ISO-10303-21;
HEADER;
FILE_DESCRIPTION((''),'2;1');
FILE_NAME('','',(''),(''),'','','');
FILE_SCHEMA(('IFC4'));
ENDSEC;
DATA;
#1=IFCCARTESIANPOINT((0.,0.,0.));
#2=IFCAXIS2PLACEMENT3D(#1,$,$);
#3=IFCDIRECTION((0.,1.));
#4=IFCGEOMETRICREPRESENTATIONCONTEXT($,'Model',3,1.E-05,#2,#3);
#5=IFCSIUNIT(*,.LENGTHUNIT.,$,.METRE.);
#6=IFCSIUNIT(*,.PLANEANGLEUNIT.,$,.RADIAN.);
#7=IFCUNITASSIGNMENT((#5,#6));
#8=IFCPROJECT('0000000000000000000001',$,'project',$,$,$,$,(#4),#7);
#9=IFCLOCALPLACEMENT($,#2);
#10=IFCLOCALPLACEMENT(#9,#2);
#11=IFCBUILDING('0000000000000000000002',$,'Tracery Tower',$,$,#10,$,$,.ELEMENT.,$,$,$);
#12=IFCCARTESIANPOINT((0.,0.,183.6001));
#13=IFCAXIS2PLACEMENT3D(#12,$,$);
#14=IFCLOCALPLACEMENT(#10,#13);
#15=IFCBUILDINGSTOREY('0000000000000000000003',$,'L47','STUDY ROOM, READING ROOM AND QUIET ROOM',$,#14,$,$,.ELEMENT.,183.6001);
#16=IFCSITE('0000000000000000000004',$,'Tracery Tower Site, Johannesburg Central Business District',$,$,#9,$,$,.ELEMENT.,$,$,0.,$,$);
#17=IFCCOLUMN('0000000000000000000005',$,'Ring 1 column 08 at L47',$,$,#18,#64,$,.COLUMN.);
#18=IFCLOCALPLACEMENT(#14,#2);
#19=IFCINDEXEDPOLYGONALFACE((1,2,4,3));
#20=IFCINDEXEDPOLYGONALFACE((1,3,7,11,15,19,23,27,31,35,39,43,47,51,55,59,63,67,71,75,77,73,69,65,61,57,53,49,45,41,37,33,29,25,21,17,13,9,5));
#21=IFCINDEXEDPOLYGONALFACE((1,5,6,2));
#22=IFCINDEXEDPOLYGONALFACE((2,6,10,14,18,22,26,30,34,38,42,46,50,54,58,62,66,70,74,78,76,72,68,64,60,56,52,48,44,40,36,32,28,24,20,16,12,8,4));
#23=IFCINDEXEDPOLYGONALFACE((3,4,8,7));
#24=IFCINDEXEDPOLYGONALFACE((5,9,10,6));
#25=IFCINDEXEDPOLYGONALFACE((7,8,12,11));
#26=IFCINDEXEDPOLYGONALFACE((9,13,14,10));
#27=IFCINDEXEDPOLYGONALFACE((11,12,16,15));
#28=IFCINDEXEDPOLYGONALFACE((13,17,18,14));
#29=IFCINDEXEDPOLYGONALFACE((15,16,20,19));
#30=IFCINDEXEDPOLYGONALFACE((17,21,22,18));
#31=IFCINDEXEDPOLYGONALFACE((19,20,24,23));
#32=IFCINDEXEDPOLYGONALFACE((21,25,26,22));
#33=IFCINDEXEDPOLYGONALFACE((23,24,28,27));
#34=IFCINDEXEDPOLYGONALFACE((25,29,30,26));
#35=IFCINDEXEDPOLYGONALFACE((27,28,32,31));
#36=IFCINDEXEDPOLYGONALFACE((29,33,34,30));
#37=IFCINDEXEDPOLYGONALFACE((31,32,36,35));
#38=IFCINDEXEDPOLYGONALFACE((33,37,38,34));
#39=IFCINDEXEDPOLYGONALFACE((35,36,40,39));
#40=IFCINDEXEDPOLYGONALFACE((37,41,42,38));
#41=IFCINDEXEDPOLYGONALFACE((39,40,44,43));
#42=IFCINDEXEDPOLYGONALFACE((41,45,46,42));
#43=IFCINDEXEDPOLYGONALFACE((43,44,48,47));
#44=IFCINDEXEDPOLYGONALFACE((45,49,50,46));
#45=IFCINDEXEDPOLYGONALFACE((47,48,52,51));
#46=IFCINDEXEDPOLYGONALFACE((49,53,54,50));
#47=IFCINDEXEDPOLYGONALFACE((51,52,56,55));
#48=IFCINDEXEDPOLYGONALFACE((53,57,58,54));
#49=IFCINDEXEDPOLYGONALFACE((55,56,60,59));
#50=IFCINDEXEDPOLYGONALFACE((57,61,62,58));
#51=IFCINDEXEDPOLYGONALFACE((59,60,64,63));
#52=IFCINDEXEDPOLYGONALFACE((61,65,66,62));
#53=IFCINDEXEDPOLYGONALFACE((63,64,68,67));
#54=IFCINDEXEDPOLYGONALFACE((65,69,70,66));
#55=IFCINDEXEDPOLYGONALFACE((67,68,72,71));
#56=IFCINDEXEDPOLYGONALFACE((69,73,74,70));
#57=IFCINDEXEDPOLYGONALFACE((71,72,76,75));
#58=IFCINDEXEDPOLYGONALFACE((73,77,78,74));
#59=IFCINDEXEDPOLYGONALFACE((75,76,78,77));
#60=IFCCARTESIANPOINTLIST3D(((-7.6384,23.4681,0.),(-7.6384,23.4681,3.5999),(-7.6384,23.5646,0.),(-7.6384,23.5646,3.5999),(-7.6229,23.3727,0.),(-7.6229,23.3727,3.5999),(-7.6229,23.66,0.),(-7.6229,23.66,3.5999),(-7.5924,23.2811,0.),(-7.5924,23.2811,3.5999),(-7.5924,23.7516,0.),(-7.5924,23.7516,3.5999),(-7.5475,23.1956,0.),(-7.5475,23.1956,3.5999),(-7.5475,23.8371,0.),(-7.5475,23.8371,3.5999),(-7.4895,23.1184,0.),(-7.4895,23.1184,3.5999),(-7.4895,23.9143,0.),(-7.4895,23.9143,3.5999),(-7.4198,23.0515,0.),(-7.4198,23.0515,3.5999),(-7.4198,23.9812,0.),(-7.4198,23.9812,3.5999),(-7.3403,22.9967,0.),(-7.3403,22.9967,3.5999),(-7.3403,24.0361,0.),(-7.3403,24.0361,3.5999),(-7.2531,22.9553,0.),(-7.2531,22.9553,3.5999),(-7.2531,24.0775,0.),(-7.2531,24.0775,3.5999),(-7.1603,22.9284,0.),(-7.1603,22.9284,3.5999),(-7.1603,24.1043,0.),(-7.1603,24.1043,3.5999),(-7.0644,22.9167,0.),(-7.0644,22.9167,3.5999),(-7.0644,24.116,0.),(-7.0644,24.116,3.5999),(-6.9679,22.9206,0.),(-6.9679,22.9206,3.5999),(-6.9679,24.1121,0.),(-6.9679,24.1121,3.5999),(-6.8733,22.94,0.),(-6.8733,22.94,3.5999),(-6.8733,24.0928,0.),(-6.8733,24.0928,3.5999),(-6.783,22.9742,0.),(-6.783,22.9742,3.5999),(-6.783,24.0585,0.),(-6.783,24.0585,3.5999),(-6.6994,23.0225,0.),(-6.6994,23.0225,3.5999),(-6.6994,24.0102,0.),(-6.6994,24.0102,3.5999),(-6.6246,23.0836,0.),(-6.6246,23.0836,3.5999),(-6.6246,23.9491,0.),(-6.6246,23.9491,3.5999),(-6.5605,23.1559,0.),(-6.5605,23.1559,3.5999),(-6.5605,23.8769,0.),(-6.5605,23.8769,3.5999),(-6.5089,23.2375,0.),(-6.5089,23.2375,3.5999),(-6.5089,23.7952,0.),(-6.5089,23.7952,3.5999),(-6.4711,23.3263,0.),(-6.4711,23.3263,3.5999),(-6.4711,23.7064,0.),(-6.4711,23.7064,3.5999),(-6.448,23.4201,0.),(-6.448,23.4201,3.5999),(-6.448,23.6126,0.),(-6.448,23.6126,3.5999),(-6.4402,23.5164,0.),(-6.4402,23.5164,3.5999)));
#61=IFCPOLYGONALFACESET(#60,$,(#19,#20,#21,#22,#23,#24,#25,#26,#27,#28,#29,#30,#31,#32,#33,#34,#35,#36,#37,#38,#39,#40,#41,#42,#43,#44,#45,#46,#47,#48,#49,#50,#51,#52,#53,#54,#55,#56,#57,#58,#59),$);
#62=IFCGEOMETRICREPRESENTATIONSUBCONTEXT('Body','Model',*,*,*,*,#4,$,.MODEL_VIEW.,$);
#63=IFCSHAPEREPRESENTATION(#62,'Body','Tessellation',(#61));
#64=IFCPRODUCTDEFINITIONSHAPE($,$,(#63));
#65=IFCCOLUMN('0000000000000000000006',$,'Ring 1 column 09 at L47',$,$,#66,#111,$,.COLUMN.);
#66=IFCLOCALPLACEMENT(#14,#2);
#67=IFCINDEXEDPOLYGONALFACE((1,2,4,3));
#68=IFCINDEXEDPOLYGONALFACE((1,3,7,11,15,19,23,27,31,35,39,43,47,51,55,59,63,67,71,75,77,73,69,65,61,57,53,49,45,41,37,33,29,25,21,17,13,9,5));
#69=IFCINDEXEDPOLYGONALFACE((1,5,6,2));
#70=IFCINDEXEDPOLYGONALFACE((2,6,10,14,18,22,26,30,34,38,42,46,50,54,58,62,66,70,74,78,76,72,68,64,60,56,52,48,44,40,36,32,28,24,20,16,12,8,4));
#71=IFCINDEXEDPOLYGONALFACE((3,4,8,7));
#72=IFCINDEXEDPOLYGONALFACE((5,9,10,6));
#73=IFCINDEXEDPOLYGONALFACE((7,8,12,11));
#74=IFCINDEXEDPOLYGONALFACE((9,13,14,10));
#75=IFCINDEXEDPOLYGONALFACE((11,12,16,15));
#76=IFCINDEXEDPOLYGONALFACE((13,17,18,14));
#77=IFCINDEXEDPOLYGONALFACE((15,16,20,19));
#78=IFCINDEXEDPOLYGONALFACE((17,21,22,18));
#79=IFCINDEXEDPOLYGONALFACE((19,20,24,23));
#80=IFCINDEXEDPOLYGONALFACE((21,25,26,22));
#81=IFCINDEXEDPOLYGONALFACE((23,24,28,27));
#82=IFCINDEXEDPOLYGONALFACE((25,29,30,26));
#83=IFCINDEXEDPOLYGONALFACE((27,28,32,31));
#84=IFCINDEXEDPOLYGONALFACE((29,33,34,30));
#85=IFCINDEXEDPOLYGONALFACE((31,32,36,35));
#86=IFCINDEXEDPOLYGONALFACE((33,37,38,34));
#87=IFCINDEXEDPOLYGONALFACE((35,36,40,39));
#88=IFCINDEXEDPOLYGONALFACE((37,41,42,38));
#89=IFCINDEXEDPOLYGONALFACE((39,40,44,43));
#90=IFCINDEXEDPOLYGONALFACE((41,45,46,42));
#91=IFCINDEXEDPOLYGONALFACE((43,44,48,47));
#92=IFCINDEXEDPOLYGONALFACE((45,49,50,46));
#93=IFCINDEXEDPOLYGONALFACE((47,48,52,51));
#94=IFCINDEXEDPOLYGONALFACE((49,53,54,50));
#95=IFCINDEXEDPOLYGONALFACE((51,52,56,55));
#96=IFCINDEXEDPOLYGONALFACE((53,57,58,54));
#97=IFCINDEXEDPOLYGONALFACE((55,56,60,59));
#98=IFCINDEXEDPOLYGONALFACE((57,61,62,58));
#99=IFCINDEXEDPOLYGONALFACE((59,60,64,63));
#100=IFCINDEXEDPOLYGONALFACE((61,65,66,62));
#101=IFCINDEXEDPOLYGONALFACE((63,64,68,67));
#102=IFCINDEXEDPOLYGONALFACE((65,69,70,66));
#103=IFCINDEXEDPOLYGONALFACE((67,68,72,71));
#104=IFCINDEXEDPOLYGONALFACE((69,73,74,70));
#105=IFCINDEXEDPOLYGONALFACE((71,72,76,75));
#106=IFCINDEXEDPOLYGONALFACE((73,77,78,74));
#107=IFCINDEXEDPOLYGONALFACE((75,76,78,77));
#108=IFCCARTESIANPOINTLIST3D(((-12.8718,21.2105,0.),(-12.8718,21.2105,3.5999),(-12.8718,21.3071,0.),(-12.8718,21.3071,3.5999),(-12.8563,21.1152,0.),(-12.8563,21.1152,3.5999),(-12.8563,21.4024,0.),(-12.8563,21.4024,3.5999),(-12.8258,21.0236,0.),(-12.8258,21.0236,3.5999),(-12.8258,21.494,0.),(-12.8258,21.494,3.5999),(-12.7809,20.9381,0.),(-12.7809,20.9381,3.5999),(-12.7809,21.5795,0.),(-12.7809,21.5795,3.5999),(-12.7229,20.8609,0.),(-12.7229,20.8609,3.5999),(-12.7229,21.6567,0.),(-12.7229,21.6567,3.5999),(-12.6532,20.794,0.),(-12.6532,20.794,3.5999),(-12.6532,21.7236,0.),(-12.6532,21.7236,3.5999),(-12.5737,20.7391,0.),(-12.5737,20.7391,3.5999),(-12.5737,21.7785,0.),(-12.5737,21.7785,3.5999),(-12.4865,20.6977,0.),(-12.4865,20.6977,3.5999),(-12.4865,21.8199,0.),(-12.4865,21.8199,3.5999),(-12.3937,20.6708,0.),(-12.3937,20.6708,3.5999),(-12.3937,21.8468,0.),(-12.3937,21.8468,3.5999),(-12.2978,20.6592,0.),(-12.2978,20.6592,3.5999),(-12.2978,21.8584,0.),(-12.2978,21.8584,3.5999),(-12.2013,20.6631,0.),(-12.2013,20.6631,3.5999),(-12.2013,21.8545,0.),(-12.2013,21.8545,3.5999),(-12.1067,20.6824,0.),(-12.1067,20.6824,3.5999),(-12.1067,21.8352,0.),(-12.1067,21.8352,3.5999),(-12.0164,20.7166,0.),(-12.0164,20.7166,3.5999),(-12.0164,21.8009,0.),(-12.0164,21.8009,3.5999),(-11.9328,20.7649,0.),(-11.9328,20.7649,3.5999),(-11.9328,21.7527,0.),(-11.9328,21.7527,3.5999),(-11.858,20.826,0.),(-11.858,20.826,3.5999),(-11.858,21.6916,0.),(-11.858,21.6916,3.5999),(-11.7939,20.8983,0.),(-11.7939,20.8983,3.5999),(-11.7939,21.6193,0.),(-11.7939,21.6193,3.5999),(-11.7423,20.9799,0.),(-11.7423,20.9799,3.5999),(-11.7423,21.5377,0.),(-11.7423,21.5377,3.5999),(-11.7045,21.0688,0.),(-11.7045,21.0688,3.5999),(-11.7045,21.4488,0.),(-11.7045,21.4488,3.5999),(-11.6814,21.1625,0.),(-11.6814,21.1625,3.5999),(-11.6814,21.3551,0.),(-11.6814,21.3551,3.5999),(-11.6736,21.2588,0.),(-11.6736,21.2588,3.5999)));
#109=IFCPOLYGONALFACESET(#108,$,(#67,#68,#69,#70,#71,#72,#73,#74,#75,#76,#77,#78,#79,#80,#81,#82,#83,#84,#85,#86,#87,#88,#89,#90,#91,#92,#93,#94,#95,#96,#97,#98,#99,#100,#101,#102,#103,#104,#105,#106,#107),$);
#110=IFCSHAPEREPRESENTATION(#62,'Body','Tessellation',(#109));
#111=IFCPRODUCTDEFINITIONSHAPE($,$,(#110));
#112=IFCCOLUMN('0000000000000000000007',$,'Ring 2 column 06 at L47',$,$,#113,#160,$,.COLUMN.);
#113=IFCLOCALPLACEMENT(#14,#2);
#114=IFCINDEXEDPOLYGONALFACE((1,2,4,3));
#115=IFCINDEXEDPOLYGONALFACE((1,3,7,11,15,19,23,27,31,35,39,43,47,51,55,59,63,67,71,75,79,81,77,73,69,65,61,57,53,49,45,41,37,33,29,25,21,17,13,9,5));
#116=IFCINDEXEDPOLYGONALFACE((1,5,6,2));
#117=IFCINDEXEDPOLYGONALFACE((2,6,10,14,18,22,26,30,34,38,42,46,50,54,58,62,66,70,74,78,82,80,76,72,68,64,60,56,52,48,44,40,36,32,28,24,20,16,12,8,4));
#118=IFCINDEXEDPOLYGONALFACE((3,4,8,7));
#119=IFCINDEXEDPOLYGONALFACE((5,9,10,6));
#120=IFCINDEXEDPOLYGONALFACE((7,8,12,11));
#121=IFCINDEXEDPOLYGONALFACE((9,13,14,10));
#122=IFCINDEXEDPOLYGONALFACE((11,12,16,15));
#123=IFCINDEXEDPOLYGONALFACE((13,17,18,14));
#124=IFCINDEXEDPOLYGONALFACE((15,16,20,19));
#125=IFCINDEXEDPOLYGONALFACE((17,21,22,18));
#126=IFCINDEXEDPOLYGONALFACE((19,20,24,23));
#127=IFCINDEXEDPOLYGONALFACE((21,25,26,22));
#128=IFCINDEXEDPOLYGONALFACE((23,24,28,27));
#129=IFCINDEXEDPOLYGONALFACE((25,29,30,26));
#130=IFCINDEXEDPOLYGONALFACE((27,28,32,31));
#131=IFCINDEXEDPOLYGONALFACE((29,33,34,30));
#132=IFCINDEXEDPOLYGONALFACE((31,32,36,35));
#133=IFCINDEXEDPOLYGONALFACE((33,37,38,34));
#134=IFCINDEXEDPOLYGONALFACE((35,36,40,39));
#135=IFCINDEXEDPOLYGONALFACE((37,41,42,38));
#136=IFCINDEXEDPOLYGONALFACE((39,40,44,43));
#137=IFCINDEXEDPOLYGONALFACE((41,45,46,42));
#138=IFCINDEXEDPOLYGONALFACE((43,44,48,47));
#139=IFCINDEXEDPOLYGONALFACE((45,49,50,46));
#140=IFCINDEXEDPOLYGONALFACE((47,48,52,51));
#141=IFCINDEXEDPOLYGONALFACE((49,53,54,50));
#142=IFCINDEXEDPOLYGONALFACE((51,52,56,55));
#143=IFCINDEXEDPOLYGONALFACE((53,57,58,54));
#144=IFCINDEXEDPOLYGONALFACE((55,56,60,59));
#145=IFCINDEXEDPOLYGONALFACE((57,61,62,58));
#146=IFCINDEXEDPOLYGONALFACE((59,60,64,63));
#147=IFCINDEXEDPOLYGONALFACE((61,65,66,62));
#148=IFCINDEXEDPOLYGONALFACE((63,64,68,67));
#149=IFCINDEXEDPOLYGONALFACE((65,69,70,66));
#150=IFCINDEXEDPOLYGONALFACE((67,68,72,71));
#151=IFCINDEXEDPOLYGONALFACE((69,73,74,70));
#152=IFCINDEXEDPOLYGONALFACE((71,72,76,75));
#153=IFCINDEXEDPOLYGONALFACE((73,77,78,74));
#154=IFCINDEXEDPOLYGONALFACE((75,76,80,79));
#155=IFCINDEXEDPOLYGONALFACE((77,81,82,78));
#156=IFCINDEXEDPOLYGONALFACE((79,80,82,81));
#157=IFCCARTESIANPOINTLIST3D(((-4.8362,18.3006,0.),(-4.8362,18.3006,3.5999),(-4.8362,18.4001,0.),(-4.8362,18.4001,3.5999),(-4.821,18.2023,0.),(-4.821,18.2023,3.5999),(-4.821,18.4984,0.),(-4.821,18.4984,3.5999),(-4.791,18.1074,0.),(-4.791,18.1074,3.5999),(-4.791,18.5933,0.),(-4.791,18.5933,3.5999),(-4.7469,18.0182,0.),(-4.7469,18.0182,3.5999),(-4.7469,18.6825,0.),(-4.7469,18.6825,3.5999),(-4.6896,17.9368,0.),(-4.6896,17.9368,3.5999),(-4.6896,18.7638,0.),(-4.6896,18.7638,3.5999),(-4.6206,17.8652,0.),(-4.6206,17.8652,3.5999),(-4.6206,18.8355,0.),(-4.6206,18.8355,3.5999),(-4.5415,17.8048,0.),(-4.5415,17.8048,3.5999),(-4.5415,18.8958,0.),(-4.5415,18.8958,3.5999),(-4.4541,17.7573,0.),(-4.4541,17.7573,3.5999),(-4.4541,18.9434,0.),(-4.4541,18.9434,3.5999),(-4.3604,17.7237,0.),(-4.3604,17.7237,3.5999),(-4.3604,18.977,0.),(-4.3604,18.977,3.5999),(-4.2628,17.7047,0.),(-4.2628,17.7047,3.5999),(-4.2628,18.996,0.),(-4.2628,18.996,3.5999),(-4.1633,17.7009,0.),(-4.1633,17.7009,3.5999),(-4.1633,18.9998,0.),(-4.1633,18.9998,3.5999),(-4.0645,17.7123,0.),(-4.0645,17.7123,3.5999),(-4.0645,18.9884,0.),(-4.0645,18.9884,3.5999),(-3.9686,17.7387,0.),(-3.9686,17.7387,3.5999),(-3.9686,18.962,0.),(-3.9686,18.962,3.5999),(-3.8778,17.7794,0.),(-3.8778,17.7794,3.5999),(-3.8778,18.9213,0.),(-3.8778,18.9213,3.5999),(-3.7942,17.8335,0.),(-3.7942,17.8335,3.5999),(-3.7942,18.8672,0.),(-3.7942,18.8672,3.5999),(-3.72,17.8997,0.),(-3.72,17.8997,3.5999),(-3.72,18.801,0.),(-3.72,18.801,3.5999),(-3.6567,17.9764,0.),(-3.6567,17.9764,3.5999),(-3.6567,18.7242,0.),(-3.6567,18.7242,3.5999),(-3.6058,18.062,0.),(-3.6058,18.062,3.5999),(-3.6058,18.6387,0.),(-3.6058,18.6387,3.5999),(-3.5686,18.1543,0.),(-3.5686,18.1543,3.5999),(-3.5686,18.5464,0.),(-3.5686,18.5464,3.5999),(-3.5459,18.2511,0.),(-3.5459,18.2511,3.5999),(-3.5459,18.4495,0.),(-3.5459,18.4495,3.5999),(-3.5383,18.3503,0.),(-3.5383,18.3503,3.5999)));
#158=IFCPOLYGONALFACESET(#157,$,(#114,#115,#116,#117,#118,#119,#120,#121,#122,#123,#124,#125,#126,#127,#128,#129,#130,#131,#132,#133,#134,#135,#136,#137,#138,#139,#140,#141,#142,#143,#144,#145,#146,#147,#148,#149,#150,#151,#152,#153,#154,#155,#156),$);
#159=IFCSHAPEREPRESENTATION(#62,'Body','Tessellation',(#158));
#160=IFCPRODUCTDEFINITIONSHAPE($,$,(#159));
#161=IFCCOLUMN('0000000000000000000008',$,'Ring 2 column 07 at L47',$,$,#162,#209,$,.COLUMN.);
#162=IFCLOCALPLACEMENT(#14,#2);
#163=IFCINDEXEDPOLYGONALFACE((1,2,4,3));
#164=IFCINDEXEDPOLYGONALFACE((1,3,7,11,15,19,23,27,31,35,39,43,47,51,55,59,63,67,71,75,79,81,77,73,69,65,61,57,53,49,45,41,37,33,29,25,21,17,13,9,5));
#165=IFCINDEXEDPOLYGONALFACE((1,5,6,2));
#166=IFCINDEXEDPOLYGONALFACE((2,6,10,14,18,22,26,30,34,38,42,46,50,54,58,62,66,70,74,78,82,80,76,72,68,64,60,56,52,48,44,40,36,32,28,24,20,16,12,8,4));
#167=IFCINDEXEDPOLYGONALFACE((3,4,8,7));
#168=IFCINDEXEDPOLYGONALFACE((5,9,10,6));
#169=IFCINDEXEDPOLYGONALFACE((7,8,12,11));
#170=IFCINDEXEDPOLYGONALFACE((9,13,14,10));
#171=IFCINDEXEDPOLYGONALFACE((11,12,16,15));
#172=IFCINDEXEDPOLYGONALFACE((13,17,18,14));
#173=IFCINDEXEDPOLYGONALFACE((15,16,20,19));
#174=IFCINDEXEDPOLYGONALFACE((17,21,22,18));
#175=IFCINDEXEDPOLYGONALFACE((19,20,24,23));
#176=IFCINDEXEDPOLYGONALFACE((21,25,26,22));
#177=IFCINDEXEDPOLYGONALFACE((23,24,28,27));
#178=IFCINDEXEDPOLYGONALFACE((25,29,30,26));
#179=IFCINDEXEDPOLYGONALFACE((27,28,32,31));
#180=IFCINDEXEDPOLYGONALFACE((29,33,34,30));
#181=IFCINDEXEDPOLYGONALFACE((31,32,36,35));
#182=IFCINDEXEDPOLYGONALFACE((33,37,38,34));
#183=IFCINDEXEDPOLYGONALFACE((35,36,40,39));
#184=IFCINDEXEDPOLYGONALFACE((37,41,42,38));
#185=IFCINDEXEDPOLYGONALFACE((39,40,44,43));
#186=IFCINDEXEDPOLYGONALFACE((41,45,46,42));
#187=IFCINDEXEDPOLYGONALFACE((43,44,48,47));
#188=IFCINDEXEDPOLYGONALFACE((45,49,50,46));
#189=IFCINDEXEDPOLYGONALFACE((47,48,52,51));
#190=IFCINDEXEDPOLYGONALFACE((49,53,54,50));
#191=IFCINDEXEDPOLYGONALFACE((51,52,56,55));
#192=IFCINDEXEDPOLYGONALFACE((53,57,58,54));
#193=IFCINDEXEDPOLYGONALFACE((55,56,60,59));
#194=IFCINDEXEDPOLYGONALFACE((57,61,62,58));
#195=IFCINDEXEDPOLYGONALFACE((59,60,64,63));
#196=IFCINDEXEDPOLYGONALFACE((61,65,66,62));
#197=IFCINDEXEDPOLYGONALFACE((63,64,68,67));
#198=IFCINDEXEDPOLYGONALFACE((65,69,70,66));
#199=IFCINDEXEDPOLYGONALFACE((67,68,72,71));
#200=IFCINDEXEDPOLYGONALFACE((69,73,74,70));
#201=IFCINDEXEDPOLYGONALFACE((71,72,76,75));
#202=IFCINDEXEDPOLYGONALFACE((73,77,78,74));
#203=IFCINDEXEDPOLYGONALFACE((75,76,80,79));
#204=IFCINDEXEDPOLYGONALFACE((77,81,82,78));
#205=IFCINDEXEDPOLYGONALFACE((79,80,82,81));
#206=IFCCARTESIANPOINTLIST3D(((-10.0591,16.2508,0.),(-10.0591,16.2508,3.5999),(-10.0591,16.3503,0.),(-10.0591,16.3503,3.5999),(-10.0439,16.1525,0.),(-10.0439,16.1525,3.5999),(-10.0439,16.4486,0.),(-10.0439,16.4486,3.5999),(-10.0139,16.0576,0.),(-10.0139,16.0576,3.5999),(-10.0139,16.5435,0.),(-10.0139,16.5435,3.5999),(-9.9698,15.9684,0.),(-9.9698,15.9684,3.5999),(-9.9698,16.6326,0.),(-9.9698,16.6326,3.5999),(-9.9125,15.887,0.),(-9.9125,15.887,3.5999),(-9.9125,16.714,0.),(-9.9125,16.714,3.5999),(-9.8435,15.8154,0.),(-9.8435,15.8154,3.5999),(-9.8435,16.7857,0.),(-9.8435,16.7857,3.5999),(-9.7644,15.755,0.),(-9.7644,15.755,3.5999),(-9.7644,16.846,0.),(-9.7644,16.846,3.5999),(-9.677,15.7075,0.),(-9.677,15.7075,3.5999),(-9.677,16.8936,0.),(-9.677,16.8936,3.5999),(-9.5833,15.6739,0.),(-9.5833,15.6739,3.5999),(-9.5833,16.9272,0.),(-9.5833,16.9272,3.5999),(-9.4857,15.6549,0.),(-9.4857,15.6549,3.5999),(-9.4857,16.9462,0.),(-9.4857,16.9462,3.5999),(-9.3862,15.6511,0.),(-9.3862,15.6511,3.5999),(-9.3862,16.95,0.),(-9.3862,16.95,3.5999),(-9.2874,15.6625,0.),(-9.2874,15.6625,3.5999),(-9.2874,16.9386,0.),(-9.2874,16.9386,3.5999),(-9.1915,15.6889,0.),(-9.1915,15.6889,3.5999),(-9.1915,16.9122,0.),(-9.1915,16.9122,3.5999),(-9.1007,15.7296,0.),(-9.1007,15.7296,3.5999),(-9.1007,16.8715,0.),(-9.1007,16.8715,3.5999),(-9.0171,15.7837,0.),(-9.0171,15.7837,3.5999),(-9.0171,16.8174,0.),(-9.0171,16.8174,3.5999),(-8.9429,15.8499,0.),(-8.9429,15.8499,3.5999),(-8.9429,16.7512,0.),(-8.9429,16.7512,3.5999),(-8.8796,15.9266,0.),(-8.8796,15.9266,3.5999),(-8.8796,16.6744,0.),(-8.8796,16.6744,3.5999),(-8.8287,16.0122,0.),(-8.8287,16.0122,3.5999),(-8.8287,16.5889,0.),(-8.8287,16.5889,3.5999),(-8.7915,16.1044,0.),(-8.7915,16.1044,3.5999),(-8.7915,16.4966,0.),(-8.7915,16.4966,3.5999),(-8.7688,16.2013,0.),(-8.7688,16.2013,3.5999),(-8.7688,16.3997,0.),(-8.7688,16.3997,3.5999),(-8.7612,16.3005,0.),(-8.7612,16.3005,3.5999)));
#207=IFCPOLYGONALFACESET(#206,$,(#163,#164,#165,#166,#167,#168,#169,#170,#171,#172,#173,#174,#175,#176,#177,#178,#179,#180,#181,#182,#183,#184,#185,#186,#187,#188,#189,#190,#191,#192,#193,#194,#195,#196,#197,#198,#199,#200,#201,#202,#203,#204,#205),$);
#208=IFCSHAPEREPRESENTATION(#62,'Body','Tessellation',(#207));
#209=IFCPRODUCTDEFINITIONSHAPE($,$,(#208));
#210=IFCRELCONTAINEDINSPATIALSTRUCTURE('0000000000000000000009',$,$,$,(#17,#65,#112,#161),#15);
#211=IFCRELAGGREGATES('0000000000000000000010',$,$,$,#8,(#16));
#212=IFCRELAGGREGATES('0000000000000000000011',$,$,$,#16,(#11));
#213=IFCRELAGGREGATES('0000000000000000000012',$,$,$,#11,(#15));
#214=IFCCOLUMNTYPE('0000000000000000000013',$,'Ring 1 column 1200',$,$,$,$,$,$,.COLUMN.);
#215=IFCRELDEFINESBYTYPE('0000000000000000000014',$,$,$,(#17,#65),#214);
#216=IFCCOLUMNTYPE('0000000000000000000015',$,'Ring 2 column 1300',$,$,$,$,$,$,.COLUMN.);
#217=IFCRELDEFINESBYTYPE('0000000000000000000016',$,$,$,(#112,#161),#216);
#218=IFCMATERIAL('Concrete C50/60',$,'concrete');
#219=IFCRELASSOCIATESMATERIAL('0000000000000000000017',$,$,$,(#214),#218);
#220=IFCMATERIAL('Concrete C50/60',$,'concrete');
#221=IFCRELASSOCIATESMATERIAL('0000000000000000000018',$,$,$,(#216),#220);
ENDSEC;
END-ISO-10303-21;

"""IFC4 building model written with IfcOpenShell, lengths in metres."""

from ifc_helpers import new_model, si_unit, direction, frame, origin, origin_2d, place, context, subcontext, project, spatial, circle, extrude, material, material_profile, profile_set, type_object, element, save


model = new_model("IFC4")

# Units and contexts
model_context = context("Model", 3, precision=1e-05, world=origin(), true_north=direction((0.0, 1.0)))
body_context = subcontext(model_context, "Body", "Model", "MODEL_VIEW")
ifc_project = project(units=[si_unit("LENGTHUNIT", "METRE"), si_unit("PLANEANGLEUNIT", "RADIAN")], contexts=[model_context])

# Site, building, storey
site_placement = place(None, origin())
site = spatial("IfcSite", under=ifc_project, at=site_placement, Name="Tracery Tower Site, Johannesburg Central Business District", CompositionType="ELEMENT", RefElevation=0.0)
building_placement = place(site_placement, origin())
building = spatial("IfcBuilding", under=site, at=building_placement, Name="Tracery Tower", CompositionType="ELEMENT")
storey_placement = place(building_placement, frame((0.0, 0.0, 183.6001)))
storey = spatial("IfcBuildingStorey", under=building, at=storey_placement, Name="L47", Description="STUDY ROOM, READING ROOM AND QUIET ROOM", CompositionType="ELEMENT", Elevation=183.6001)

# Columns
ifc_material_1 = material(Name="Concrete C50/60", Category="concrete")
ifc_material_profile_1 = material_profile(ifc_material_1, circle(Radius=0.6001, at=origin_2d()), Name="RC D1200")
ifc_profile_set_1 = profile_set([ifc_material_profile_1], Name="Concrete C50/60")
column_type_1 = type_object("IfcColumnType", Name="Ring 1 column 1200", PredefinedType="COLUMN", material=ifc_profile_set_1)
for number, where, z_axis, x_axis, name in (
    (1, (-7.0403, 23.5164, 0.0), (0.0, 0.0, 1.0), (1.0, 0.0, 0.0), "Ring 1 column 08 at L47"),
    (2, (-12.2737, 21.2588, 0.0), (0.0, 0.0, 1.0), (1.0, 0.0, 0.0), "Ring 1 column 09 at L47"),
):
    element("IfcColumn", number, at=place(storey_placement, frame(where, z_axis=z_axis, x_axis=x_axis)), inside=storey, type_object=column_type_1, Name=name, PredefinedType="COLUMN", context=body_context, shape_type="SweptSolid", body=[
        extrude(circle(Radius=0.6001, at=origin_2d()), origin(), (0.0, 0.0, 1.0), 3.5999),
    ])
ifc_material_2 = material(Name="Concrete C50/60", Category="concrete")
ifc_material_profile_2 = material_profile(ifc_material_2, circle(Radius=0.6499, at=origin_2d()), Name="RC D1300")
ifc_profile_set_2 = profile_set([ifc_material_profile_2], Name="Concrete C50/60")
column_type_2 = type_object("IfcColumnType", Name="Ring 2 column 1300", PredefinedType="COLUMN", material=ifc_profile_set_2)
for number, where, z_axis, x_axis, name in (
    (3, (-4.1882, 18.3503, 0.0), (0.0, 0.0, 1.0), (1.0, 0.0, 0.0), "Ring 2 column 06 at L47"),
    (4, (-9.4111, 16.3005, 0.0), (0.0, 0.0, 1.0), (1.0, 0.0, 0.0), "Ring 2 column 07 at L47"),
):
    element("IfcColumn", number, at=place(storey_placement, frame(where, z_axis=z_axis, x_axis=x_axis)), inside=storey, type_object=column_type_2, Name=name, PredefinedType="COLUMN", context=body_context, shape_type="SweptSolid", body=[
        extrude(circle(Radius=0.6499, at=origin_2d()), origin(), (0.0, 0.0, 1.0), 3.5999),
    ])

save(model, "model.ifc")
